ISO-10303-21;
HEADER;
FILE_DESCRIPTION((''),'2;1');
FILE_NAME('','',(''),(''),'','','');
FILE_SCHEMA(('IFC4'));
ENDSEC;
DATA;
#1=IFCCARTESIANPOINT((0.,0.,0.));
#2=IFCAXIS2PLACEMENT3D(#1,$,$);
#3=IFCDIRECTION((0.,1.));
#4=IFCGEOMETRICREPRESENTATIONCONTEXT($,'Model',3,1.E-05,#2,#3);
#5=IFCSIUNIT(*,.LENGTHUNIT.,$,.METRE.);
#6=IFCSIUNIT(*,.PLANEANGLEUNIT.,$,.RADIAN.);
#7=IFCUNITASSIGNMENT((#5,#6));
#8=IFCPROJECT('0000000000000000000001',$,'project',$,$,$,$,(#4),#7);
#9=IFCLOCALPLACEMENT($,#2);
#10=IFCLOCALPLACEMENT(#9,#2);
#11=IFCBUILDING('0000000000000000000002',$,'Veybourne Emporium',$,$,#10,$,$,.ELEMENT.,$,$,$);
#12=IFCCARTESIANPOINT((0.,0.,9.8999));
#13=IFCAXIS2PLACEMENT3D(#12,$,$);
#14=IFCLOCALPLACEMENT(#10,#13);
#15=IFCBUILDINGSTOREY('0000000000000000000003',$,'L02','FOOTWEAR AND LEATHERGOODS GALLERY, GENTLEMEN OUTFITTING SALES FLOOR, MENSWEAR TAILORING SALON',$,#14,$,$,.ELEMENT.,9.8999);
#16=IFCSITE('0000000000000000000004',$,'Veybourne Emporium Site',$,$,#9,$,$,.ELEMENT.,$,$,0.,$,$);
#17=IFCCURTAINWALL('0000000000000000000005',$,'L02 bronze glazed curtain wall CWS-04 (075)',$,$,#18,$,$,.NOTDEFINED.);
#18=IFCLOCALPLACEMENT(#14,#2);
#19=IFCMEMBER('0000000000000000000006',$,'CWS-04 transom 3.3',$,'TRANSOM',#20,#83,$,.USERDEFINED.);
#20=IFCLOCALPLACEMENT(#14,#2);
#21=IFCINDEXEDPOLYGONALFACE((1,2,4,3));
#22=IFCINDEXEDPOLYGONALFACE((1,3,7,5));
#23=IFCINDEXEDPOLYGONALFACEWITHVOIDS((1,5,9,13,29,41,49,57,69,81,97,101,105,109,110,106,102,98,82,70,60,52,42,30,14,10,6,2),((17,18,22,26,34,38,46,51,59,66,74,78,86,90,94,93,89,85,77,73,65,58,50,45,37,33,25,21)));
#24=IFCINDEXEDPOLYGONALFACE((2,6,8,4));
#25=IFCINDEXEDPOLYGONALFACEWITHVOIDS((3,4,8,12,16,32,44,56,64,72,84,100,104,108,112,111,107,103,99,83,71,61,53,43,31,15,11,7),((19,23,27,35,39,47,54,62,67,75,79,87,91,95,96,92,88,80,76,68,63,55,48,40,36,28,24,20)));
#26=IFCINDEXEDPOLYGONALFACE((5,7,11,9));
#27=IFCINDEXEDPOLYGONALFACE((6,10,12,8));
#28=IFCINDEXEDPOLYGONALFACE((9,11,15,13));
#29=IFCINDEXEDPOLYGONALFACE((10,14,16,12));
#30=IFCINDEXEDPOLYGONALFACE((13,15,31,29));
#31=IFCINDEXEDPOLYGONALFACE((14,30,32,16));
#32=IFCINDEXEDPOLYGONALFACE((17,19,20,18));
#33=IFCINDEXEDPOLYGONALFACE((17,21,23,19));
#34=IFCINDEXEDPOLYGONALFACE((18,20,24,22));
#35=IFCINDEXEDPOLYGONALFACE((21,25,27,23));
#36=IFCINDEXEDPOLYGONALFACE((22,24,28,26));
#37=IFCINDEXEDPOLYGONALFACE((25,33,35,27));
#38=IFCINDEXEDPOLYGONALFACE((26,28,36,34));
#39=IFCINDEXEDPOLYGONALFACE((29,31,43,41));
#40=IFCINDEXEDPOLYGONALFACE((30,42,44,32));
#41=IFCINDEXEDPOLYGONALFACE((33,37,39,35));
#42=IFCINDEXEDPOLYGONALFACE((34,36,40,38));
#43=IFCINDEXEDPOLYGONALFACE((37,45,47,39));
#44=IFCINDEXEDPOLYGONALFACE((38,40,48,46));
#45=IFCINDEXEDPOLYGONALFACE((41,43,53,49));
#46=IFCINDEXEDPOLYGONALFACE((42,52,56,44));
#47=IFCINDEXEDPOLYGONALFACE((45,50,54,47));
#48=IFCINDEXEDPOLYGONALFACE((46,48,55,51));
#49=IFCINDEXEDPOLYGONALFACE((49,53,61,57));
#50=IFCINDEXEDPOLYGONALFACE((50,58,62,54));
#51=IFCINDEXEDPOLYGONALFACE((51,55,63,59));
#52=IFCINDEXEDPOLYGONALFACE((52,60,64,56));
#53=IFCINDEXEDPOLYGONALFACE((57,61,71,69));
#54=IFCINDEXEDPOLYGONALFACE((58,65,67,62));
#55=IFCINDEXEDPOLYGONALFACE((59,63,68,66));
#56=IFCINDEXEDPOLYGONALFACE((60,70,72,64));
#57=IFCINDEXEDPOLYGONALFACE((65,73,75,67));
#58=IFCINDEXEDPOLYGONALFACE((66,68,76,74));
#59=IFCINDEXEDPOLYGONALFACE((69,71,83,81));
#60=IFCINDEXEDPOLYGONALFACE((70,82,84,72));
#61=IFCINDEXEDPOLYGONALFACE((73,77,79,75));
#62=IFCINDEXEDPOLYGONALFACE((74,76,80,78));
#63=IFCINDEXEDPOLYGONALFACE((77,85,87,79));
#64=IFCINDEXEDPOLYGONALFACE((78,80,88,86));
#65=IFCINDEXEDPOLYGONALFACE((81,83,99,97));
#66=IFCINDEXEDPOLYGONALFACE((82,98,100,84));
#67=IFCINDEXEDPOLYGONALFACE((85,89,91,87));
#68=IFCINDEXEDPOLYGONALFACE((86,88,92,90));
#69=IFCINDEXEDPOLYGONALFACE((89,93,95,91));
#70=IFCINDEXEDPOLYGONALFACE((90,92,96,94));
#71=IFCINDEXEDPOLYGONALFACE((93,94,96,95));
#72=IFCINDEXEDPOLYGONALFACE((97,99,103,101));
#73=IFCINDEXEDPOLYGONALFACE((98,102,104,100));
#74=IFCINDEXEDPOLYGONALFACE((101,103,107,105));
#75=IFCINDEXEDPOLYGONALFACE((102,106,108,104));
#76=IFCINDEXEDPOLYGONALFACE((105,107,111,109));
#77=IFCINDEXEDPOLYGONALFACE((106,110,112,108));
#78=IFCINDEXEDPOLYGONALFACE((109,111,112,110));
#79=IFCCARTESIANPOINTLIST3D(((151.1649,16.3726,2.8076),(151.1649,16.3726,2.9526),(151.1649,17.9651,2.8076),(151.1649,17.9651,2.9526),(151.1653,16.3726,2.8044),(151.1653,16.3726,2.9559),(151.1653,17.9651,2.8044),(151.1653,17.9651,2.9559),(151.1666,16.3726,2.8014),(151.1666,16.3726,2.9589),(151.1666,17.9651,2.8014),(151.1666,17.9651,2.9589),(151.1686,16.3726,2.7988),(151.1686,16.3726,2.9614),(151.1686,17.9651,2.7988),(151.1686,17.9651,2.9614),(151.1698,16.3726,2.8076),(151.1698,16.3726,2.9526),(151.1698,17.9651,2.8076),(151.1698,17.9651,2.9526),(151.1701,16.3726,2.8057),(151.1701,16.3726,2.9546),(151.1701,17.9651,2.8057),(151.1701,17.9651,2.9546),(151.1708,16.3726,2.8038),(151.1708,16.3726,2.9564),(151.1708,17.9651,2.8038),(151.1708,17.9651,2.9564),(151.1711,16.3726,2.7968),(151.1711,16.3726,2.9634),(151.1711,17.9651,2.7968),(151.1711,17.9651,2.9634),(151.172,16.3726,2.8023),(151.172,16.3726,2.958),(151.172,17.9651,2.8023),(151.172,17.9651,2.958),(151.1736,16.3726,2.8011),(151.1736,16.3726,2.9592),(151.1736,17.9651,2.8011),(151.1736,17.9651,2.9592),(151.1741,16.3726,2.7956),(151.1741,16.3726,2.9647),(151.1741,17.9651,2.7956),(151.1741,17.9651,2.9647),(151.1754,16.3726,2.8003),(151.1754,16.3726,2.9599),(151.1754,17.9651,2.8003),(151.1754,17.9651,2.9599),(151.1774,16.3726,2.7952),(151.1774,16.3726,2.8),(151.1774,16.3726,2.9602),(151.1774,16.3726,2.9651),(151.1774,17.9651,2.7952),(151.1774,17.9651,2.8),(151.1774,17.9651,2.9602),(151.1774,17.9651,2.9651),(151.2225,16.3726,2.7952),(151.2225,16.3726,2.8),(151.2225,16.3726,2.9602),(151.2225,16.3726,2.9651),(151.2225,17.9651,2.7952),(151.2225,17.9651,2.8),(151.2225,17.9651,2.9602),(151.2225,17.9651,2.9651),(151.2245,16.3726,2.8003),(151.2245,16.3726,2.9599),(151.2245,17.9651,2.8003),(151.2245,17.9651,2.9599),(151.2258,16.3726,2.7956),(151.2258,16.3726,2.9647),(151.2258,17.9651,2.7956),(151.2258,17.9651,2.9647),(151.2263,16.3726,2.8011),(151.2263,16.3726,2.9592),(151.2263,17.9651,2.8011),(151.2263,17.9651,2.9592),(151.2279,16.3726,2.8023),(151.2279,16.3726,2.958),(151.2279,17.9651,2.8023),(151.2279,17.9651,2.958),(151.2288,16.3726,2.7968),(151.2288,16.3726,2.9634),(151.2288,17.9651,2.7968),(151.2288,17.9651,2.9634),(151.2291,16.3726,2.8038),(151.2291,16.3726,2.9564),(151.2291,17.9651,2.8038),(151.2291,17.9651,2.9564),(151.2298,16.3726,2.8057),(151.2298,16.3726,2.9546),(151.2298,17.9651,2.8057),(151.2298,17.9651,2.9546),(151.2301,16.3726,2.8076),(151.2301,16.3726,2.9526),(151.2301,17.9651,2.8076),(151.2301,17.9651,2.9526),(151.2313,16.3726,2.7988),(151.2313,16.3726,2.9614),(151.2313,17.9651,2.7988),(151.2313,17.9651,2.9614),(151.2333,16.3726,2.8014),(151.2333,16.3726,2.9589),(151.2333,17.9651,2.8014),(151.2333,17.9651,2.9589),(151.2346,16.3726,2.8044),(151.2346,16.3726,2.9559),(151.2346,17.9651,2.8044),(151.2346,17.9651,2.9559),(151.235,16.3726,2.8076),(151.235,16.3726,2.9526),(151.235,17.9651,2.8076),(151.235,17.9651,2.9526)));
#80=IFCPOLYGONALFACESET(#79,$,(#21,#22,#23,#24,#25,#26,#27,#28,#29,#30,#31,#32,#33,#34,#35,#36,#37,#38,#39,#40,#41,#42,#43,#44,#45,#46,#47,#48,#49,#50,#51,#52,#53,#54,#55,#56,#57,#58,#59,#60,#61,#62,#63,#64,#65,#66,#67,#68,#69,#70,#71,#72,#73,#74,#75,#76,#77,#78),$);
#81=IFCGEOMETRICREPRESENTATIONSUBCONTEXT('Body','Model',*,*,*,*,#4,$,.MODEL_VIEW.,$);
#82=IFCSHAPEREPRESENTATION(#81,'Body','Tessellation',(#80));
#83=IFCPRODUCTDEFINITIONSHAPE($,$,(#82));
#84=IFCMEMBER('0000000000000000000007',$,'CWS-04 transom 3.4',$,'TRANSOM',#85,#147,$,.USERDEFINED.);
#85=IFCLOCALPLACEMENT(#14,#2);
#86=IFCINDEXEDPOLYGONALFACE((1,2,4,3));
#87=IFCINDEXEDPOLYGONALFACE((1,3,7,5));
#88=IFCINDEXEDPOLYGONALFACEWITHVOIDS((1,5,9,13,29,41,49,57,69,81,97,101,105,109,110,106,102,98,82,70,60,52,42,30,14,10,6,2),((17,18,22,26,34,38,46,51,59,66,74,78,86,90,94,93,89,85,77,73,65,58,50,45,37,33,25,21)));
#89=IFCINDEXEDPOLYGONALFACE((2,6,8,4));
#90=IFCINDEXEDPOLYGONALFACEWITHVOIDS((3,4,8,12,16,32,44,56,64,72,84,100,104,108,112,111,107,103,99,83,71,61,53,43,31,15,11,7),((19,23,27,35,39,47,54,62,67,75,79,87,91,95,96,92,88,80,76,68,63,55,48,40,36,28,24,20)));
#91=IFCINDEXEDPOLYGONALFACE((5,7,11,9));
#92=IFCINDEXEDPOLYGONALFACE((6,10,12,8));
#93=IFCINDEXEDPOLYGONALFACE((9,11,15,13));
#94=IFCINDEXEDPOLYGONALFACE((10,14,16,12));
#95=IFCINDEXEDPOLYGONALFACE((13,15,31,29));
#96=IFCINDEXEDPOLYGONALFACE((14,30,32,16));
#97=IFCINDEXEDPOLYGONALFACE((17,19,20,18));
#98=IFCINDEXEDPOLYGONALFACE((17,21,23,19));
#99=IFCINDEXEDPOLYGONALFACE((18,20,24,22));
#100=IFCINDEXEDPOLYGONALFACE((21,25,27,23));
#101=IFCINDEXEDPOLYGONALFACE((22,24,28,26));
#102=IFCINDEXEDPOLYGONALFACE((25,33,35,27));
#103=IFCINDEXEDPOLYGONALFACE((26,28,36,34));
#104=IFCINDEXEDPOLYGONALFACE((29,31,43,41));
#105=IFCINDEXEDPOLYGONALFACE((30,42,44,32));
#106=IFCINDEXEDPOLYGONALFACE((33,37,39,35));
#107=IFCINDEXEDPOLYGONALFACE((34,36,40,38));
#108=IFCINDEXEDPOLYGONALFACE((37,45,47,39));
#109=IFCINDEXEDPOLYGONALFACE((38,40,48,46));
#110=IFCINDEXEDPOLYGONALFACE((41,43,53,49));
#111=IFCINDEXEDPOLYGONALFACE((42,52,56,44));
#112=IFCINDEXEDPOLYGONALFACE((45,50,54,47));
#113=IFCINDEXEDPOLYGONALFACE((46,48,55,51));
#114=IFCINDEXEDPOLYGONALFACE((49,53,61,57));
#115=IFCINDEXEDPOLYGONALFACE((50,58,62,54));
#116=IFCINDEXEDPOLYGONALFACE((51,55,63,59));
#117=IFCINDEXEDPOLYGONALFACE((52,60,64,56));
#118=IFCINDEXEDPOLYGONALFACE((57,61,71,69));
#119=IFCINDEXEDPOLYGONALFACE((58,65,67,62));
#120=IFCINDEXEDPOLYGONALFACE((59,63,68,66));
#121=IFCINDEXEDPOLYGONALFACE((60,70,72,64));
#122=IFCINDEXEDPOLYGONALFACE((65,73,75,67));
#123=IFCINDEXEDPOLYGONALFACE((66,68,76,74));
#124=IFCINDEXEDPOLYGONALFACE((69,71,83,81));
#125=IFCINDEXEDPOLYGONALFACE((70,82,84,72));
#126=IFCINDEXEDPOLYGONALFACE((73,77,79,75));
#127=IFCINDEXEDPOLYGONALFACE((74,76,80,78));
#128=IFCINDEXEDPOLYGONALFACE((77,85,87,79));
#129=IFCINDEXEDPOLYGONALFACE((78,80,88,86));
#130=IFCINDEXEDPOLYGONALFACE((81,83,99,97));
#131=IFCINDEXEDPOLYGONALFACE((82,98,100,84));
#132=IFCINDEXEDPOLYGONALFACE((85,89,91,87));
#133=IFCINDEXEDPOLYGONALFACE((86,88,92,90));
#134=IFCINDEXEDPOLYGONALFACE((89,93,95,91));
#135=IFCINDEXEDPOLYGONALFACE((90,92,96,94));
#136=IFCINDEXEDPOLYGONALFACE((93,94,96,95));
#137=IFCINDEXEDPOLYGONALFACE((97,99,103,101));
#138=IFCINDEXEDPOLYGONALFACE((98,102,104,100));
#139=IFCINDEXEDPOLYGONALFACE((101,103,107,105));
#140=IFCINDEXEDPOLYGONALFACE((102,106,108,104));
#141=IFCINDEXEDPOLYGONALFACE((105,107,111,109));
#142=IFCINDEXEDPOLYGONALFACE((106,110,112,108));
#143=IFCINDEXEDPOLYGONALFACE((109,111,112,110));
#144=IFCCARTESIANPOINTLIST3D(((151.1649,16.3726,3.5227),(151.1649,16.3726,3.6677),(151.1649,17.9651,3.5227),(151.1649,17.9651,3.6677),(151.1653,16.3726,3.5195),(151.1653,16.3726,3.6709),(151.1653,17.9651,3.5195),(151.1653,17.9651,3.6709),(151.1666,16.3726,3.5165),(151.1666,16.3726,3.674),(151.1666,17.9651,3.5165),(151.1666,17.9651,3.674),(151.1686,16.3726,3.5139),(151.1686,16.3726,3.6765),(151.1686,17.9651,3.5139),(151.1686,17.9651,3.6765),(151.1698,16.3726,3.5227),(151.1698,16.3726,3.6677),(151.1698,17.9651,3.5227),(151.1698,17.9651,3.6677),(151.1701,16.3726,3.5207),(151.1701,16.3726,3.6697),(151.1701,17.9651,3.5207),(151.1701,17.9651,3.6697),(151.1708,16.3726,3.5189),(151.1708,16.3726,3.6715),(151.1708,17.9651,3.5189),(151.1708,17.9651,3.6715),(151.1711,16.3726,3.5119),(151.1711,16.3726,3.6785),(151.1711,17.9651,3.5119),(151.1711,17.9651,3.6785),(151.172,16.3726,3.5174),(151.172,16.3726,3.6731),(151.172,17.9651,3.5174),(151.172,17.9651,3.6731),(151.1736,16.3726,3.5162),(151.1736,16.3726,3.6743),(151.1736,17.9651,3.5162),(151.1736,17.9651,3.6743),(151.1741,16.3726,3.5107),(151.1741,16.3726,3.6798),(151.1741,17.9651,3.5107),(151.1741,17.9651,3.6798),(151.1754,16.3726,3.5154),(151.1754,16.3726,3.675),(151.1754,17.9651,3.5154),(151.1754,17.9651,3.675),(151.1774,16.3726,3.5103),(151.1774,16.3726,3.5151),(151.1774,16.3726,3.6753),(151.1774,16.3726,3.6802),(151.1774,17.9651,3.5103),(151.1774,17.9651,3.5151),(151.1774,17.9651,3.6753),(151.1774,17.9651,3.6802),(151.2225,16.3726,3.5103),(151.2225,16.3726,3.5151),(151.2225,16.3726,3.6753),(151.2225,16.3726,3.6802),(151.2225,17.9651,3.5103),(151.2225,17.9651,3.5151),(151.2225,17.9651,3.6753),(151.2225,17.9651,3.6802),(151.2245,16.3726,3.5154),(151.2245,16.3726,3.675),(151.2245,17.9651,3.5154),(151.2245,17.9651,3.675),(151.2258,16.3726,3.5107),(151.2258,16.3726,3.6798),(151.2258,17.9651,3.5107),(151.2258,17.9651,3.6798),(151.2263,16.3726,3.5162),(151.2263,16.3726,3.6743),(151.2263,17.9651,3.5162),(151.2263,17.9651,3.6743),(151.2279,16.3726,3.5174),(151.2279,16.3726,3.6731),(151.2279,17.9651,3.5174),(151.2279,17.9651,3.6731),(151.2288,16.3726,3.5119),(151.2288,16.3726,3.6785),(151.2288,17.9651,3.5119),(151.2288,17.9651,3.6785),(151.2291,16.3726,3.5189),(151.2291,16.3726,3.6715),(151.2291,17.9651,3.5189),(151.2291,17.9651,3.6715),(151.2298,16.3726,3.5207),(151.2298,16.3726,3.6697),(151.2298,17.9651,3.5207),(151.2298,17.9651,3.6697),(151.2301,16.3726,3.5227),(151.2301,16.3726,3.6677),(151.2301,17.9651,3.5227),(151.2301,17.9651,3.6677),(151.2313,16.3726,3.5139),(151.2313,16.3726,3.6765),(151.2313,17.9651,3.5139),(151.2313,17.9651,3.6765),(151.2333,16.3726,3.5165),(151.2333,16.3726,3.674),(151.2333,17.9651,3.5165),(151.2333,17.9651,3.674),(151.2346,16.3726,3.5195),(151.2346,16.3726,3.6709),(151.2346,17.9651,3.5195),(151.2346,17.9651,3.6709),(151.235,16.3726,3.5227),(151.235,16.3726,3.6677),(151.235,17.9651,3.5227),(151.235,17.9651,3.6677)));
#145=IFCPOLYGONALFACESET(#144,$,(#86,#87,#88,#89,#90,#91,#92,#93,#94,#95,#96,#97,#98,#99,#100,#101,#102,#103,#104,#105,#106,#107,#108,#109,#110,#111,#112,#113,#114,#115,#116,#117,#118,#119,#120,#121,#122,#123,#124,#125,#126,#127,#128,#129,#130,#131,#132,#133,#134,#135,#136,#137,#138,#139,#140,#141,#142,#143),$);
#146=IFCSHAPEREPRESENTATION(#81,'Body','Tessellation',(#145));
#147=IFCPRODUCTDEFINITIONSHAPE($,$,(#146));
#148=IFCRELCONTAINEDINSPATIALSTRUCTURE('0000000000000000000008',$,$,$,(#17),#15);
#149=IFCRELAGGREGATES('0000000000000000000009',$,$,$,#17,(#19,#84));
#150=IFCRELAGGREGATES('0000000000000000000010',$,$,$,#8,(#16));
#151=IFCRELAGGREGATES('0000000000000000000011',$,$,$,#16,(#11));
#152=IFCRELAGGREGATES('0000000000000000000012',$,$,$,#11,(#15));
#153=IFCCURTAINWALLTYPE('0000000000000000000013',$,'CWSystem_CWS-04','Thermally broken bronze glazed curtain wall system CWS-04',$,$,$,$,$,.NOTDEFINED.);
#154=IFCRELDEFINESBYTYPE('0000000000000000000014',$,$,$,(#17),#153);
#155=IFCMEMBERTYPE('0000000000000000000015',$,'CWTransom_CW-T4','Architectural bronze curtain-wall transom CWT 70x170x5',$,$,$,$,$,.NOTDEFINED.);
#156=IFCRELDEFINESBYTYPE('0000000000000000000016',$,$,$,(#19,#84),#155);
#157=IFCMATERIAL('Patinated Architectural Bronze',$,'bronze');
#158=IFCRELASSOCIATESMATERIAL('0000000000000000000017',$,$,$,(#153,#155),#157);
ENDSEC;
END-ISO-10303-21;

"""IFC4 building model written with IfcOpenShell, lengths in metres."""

from ifc_helpers import new_model, si_unit, direction, frame, origin, origin_2d, place, context, subcontext, project, spatial, hollow_rectangle, extrude, material, material_profile, profile_set, type_object, element, aggregate, save


model = new_model("IFC4")

# Units and contexts
model_context = context("Model", 3, precision=1e-05, world=origin(), true_north=direction((0.0, 1.0)))
body_context = subcontext(model_context, "Body", "Model", "MODEL_VIEW")
ifc_project = project(units=[si_unit("LENGTHUNIT", "METRE"), si_unit("PLANEANGLEUNIT", "RADIAN")], contexts=[model_context])

# Site, building, storey
site_placement = place(None, origin())
site = spatial("IfcSite", under=ifc_project, at=site_placement, Name="Veybourne Emporium Site", CompositionType="ELEMENT", RefElevation=0.0)
building_placement = place(site_placement, origin())
building = spatial("IfcBuilding", under=site, at=building_placement, Name="Veybourne Emporium", CompositionType="ELEMENT")
storey_placement = place(building_placement, frame((0.0, 0.0, 9.8999)))
storey = spatial("IfcBuildingStorey", under=building, at=storey_placement, Name="L02", Description="FOOTWEAR AND LEATHERGOODS GALLERY, GENTLEMEN OUTFITTING SALES FLOOR, MENSWEAR TAILORING SALON", CompositionType="ELEMENT", Elevation=9.8999)

# Curtain wall, members
ifc_material_1 = material(Name="Patinated Architectural Bronze", Category="bronze")
curtain_wall_type = type_object("IfcCurtainWallType", Name="CWSystem_CWS-04", Description="Thermally broken bronze glazed curtain wall system CWS-04", PredefinedType="NOTDEFINED", material=ifc_material_1)
curtain_wall_placement = place(storey_placement, origin())
curtain_wall = element("IfcCurtainWall", 1, at=curtain_wall_placement, inside=storey, type_object=curtain_wall_type, Name="L02 bronze glazed curtain wall CWS-04 (075)", PredefinedType="NOTDEFINED")
ifc_material_profile_1 = material_profile(ifc_material_1, hollow_rectangle(XDim=0.0701, YDim=0.1699, WallThickness=0.0049, InnerFilletRadius=0.0076, OuterFilletRadius=0.0125, at=origin_2d()), Name="CWT 70x170x5")
ifc_profile_set_1 = profile_set([ifc_material_profile_1], Name="Patinated Architectural Bronze")
member_type_1 = type_object("IfcMemberType", Name="CWTransom_CW-T4", Description="Architectural bronze curtain-wall transom CWT 70x170x5", PredefinedType="NOTDEFINED", material=ifc_profile_set_1)
member_1_placement = place(storey_placement, frame((151.2, 17.9651, 2.8801), z_axis=(0.0, -1.0, 0.0), x_axis=(1.0, 0.0, 0.0)))
member_1 = element("IfcMember", 2, at=member_1_placement, type_object=member_type_1, Name="CWS-04 transom 3.3", ObjectType="TRANSOM", PredefinedType="USERDEFINED", context=body_context, shape_type="SweptSolid", body=[
    extrude(hollow_rectangle(XDim=0.0701, YDim=0.1699, WallThickness=0.0049, InnerFilletRadius=0.0076, OuterFilletRadius=0.0125, at=origin_2d()), origin(), (0.0, 0.0, 1.0), 1.5925),
])
member_2_placement = place(storey_placement, frame((151.2, 17.9651, 3.5952), z_axis=(0.0, -1.0, 0.0), x_axis=(1.0, 0.0, 0.0)))
member_2 = element("IfcMember", 3, at=member_2_placement, type_object=member_type_1, Name="CWS-04 transom 3.4", ObjectType="TRANSOM", PredefinedType="USERDEFINED", context=body_context, shape_type="SweptSolid", body=[
    extrude(hollow_rectangle(XDim=0.0701, YDim=0.1699, WallThickness=0.0049, InnerFilletRadius=0.0076, OuterFilletRadius=0.0125, at=origin_2d()), origin(), (0.0, 0.0, 1.0), 1.5925),
])
aggregate(curtain_wall, [member_1, member_2])

save(model, "model.ifc")
